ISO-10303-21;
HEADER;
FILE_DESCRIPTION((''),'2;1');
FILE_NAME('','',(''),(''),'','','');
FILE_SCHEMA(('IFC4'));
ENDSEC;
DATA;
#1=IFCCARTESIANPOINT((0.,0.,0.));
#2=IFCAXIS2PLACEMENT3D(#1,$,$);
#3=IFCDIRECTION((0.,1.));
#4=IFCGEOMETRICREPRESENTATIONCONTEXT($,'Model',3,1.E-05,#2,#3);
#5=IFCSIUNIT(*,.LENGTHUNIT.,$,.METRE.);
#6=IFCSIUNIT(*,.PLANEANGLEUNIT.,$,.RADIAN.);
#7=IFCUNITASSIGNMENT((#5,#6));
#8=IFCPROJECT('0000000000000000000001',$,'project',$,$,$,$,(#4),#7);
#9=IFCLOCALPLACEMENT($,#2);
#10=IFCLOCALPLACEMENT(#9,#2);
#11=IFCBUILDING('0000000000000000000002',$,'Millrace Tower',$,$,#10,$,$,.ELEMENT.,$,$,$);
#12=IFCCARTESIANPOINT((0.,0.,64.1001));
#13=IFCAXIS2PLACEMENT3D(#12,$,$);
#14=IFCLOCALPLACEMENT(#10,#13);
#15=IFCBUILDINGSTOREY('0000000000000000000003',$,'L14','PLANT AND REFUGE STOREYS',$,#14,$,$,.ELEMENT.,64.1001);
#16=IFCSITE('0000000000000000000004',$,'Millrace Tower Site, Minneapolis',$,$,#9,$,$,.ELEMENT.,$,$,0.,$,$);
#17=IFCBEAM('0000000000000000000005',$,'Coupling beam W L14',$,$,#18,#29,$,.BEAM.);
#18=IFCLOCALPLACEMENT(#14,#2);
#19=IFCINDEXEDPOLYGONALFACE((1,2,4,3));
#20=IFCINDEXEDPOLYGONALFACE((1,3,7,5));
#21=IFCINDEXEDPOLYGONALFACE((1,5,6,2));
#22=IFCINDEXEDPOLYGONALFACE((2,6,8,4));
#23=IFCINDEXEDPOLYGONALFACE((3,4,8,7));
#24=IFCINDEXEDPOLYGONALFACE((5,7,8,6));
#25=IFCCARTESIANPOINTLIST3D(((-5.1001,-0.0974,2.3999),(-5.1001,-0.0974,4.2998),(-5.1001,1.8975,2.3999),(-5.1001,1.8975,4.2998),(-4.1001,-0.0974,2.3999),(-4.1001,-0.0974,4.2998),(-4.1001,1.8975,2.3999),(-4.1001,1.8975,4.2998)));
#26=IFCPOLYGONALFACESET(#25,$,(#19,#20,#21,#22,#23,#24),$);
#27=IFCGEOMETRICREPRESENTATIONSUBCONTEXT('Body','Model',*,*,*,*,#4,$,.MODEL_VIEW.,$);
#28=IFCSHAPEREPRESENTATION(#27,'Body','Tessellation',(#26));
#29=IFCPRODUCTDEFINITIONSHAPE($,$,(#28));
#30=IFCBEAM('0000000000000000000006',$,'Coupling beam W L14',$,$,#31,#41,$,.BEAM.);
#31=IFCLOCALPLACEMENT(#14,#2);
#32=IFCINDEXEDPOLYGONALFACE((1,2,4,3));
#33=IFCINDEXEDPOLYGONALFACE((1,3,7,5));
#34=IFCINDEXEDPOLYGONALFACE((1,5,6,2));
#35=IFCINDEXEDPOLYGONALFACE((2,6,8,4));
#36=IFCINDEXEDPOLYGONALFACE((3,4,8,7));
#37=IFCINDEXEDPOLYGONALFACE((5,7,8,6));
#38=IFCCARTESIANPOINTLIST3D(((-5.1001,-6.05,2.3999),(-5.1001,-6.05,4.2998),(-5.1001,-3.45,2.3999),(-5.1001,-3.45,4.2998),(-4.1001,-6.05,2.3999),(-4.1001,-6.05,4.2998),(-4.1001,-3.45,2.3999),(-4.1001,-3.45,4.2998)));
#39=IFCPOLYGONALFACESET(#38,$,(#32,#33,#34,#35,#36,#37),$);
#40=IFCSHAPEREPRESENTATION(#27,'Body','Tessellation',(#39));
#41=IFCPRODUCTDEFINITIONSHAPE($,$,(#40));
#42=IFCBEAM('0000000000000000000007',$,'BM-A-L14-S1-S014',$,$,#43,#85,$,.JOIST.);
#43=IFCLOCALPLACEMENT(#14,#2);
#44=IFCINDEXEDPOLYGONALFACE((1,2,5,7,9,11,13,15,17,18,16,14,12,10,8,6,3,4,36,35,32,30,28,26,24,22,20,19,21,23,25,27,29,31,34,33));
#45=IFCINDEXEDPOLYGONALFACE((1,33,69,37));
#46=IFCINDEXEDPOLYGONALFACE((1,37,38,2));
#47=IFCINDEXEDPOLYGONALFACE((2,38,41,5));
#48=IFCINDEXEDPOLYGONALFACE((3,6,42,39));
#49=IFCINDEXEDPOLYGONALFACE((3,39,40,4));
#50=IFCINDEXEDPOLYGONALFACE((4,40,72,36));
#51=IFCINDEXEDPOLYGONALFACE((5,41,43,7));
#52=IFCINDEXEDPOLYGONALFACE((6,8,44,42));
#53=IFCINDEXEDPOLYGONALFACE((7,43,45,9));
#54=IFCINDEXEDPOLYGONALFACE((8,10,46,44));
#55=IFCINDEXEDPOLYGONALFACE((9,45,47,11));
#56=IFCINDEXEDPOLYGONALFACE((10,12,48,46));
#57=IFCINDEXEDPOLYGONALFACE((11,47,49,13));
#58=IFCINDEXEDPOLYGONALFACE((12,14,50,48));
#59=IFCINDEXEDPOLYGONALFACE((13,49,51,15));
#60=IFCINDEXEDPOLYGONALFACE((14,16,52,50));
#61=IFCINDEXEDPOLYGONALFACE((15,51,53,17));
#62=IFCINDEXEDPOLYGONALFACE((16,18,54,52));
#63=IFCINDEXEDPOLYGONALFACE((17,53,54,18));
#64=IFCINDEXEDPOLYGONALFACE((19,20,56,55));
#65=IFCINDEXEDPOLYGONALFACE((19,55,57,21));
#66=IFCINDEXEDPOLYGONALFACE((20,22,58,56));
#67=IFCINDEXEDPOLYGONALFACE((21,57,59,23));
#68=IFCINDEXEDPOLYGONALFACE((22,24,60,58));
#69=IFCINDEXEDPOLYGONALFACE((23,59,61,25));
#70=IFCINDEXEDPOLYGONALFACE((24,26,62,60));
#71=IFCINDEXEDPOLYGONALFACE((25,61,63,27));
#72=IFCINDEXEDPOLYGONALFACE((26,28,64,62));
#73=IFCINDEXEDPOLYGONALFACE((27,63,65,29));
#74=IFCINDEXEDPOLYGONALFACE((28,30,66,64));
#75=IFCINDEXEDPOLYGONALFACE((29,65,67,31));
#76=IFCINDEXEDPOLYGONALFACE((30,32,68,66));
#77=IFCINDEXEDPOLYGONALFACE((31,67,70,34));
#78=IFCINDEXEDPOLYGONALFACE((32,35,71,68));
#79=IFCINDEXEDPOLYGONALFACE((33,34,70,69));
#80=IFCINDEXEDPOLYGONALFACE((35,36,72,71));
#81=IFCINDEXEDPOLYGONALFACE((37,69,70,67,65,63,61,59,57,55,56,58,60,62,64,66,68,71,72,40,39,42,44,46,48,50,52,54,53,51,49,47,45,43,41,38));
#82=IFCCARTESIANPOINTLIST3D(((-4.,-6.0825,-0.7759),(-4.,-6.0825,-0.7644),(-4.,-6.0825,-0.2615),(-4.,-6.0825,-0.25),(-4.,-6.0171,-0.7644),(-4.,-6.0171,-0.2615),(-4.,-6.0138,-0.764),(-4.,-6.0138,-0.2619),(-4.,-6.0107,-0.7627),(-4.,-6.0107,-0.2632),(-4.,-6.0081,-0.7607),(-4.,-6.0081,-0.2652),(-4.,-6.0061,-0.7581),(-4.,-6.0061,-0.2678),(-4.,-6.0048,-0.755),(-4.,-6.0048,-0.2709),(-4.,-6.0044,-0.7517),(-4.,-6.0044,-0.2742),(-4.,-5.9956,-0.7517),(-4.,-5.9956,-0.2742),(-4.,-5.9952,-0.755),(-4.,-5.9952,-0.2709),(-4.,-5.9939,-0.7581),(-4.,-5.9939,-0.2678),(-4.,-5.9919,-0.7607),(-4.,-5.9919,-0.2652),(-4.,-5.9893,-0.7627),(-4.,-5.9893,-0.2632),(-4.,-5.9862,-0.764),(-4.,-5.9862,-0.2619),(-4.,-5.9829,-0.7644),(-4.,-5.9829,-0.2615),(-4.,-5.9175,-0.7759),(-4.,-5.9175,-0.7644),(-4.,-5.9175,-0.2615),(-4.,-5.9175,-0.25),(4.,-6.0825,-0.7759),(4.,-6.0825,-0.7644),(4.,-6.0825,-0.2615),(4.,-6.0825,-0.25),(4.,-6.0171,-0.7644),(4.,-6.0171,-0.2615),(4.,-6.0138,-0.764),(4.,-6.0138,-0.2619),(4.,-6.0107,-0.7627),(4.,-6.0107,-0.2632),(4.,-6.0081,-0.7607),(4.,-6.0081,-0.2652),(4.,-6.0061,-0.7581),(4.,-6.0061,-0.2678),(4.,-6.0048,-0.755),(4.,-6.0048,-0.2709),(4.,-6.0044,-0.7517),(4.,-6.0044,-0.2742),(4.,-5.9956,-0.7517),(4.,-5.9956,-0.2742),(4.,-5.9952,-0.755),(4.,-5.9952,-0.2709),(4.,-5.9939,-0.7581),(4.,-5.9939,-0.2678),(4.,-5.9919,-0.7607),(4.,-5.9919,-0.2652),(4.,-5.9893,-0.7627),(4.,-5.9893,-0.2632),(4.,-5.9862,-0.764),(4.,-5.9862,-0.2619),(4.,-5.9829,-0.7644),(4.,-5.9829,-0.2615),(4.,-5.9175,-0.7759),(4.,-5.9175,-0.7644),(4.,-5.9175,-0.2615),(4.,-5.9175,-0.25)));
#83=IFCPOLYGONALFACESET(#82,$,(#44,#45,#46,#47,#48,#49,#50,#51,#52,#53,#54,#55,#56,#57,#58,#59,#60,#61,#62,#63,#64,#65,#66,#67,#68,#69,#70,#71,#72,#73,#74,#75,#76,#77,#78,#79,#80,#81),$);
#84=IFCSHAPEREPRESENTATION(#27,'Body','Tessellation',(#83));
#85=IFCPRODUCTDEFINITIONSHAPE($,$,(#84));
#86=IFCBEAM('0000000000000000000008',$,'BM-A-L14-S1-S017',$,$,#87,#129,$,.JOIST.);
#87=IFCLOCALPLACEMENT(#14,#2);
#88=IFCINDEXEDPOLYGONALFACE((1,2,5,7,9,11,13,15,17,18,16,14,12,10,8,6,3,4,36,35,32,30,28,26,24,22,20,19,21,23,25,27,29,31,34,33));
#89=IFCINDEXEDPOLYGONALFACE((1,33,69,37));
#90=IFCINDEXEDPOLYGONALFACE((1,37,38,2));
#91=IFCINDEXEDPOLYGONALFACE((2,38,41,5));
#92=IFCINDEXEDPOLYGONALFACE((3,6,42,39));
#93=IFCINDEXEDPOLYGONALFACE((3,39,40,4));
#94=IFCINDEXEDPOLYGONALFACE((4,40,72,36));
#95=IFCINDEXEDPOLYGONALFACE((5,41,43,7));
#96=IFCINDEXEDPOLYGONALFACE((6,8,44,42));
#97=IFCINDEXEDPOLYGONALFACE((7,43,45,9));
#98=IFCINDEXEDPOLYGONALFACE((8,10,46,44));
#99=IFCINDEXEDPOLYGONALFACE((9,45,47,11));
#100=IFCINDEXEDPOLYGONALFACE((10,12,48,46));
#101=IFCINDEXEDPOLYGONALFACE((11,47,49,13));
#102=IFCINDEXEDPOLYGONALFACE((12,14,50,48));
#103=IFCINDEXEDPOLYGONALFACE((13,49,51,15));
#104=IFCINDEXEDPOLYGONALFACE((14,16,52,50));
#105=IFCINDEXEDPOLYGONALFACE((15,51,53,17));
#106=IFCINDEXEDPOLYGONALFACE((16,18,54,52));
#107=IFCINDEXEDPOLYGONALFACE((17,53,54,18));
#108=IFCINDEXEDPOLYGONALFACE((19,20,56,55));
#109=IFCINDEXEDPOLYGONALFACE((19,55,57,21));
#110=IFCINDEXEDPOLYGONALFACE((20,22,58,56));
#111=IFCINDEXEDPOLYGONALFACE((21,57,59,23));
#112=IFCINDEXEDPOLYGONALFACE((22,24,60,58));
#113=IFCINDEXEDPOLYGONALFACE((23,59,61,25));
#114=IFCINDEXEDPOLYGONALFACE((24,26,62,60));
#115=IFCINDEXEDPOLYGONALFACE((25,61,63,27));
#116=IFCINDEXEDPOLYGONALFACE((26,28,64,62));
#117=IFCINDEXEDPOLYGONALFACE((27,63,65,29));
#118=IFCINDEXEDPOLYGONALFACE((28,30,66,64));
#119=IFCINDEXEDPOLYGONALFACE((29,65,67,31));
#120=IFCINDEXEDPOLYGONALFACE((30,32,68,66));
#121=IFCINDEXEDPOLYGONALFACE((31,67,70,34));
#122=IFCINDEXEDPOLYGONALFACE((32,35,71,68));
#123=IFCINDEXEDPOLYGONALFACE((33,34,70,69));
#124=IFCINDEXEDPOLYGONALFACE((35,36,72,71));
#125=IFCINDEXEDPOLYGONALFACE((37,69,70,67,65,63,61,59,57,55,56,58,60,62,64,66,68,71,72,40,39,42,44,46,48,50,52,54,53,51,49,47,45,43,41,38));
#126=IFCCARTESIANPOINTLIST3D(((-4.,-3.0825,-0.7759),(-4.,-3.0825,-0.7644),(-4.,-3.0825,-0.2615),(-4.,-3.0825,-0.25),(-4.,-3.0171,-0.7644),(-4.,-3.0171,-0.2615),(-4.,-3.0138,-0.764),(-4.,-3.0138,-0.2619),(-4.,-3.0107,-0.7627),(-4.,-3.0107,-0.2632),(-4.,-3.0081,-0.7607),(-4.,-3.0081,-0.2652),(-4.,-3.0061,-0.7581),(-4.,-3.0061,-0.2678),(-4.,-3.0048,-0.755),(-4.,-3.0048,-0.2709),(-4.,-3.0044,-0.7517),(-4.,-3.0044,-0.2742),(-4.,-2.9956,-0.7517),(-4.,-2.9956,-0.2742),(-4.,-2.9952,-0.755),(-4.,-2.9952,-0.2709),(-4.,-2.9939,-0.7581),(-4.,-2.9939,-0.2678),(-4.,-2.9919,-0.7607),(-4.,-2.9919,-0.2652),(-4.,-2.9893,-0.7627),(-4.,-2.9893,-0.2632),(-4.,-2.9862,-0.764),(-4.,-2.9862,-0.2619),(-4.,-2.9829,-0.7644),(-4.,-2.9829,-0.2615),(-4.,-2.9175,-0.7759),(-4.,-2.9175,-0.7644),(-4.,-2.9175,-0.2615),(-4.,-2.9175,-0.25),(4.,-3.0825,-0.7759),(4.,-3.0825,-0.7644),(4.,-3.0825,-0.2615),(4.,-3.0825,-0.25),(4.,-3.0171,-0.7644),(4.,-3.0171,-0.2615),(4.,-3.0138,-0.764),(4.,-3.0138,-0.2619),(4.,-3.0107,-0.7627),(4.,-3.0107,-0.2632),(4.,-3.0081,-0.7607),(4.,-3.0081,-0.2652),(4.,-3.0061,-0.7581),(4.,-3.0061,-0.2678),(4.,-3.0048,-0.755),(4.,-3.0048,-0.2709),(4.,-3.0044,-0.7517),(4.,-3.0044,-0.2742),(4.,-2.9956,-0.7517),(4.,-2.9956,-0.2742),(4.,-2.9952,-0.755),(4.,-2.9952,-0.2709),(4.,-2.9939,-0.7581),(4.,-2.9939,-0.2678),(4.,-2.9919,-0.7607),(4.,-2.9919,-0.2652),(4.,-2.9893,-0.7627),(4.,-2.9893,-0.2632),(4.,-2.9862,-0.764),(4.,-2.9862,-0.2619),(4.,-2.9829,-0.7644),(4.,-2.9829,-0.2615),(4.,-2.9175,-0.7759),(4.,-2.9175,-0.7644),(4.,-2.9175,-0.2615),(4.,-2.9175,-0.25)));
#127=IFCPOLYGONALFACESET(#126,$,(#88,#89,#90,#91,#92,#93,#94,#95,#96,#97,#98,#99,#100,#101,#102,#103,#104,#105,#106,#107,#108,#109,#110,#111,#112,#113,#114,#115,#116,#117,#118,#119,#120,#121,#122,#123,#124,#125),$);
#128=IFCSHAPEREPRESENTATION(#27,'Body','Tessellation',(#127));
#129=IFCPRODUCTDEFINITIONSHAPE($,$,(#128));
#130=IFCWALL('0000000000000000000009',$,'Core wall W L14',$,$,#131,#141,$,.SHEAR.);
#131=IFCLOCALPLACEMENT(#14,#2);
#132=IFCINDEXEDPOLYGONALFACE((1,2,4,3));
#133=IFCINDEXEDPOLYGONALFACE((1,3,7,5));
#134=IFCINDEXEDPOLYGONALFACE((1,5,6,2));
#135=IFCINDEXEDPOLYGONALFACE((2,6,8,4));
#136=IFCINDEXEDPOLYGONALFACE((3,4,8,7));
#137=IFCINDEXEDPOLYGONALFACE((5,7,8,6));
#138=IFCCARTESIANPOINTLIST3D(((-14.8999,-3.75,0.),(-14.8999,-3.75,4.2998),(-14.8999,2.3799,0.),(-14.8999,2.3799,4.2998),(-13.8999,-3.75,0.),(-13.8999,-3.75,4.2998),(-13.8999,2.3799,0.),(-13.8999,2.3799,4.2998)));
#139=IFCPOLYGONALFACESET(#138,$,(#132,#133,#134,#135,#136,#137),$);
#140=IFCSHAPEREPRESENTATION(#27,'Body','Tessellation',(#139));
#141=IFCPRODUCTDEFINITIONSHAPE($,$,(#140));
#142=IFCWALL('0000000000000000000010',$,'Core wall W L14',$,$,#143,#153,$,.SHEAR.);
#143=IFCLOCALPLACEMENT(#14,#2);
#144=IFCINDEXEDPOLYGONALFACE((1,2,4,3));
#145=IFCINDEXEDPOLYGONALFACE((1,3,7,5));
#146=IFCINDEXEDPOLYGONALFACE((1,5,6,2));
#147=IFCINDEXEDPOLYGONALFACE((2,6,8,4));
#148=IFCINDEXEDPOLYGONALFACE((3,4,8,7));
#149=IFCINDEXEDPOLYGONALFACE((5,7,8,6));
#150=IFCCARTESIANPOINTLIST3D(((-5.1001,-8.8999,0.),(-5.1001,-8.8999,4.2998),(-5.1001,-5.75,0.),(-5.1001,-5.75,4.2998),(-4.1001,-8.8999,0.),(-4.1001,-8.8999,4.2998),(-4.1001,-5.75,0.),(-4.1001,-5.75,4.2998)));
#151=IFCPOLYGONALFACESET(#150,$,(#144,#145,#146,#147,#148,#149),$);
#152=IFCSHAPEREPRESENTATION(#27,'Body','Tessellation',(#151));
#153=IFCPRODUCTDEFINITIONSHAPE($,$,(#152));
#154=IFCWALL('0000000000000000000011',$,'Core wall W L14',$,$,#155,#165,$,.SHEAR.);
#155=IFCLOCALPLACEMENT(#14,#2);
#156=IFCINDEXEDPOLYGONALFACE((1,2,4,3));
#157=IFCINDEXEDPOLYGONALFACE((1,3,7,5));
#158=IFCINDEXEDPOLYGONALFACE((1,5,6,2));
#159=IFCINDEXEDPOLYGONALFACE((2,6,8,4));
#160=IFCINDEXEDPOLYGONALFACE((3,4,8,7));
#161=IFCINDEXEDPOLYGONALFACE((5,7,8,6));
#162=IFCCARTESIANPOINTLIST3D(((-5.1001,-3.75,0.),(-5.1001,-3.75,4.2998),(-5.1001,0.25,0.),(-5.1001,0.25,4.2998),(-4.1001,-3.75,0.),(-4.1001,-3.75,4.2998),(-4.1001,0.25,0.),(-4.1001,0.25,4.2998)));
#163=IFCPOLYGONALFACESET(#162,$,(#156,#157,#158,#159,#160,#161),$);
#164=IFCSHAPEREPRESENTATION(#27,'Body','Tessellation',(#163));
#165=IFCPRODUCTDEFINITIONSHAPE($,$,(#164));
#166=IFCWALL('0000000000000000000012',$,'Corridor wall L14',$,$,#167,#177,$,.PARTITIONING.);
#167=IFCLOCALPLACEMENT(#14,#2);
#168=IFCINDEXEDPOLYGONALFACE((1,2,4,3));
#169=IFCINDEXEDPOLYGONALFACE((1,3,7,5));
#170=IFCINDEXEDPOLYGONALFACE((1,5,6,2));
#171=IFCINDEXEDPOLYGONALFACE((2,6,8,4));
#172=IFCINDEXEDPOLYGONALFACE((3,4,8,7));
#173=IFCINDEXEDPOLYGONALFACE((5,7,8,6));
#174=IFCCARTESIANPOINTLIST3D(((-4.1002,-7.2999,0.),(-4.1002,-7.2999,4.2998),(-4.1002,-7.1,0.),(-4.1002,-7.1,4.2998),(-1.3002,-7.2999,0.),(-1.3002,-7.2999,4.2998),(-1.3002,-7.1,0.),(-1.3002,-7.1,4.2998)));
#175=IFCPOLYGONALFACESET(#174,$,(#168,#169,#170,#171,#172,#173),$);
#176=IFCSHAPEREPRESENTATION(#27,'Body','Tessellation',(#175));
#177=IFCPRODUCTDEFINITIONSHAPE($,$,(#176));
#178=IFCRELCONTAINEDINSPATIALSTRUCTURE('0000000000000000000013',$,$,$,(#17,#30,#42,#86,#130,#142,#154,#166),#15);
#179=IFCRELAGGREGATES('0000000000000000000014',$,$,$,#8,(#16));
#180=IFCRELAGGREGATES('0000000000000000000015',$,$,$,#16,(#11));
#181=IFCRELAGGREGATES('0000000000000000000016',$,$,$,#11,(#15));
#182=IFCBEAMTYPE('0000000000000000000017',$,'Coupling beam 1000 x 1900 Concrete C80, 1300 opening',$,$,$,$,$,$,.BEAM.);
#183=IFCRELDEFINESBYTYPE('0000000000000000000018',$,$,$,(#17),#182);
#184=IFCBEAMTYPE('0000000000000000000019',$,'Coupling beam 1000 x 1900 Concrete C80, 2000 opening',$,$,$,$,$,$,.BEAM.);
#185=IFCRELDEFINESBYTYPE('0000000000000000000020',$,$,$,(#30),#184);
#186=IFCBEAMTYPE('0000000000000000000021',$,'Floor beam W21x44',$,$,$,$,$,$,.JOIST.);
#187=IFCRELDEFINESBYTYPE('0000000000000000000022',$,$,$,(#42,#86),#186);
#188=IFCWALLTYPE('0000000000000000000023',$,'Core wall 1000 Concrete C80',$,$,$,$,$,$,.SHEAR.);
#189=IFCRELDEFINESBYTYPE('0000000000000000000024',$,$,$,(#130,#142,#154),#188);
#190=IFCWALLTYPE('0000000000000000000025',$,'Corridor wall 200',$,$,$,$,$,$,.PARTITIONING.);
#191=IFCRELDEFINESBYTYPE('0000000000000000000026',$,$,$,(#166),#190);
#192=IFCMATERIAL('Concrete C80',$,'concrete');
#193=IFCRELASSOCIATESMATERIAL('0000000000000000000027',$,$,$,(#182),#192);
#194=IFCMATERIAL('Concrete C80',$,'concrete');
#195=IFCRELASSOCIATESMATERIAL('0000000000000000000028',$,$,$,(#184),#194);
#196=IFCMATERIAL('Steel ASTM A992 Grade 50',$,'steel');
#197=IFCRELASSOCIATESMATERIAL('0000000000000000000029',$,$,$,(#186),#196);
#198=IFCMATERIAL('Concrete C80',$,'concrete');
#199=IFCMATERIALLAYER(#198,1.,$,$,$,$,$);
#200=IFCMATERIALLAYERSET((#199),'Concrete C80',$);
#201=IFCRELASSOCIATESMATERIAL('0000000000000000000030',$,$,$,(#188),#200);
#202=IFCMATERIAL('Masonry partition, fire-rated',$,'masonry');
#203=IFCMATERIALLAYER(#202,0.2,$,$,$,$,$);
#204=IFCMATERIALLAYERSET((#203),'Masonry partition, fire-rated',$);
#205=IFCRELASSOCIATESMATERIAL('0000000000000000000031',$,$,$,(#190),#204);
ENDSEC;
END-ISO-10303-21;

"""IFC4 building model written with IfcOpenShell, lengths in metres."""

from ifc_helpers import new_model, si_unit, direction, frame, frame_2d, origin, origin_2d, place, context, subcontext, project, spatial, rectangle, i_section, extrude, material, layer, layer_set, material_profile, profile_set, type_object, element, save


model = new_model("IFC4")

# Units and contexts
model_context = context("Model", 3, precision=1e-05, world=origin(), true_north=direction((0.0, 1.0)))
body_context = subcontext(model_context, "Body", "Model", "MODEL_VIEW")
ifc_project = project(units=[si_unit("LENGTHUNIT", "METRE"), si_unit("PLANEANGLEUNIT", "RADIAN")], contexts=[model_context])

# Site, building, storey
site_placement = place(None, origin())
site = spatial("IfcSite", under=ifc_project, at=site_placement, Name="Millrace Tower Site, Minneapolis", CompositionType="ELEMENT", RefElevation=0.0)
building_placement = place(site_placement, origin())
building = spatial("IfcBuilding", under=site, at=building_placement, Name="Millrace Tower", CompositionType="ELEMENT")
storey_placement = place(building_placement, frame((0.0, 0.0, 64.1001)))
storey = spatial("IfcBuildingStorey", under=building, at=storey_placement, Name="L14", Description="PLANT AND REFUGE STOREYS", CompositionType="ELEMENT", Elevation=64.1001)

# Beams
ifc_material_1 = material(Name="Concrete C80", Category="concrete")
ifc_material_profile_1 = material_profile(ifc_material_1, rectangle(XDim=1.0, YDim=1.8999, at=origin_2d()))
ifc_profile_set_1 = profile_set([ifc_material_profile_1], Name="Concrete C80")
beam_type_1 = type_object("IfcBeamType", Name="Coupling beam 1000 x 1900 Concrete C80, 1300 opening", PredefinedType="BEAM", material=ifc_profile_set_1)
beam_1_placement = place(storey_placement, frame((-4.6001, -0.0974, 3.3499), z_axis=(0.0, 1.0, 0.0), x_axis=(-1.0, 0.0, 0.0)))
element("IfcBeam", 1, at=beam_1_placement, inside=storey, type_object=beam_type_1, Name="Coupling beam W L14", PredefinedType="BEAM", context=body_context, shape_type="SweptSolid", body=[
    extrude(rectangle(XDim=1.0, YDim=1.8999, at=origin_2d()), origin(), (0.0, 0.0, 1.0), 1.9949),
])
ifc_material_2 = material(Name="Concrete C80", Category="concrete")
ifc_material_profile_2 = material_profile(ifc_material_2, rectangle(XDim=1.0, YDim=1.8999, at=origin_2d()))
ifc_profile_set_2 = profile_set([ifc_material_profile_2], Name="Concrete C80")
beam_type_2 = type_object("IfcBeamType", Name="Coupling beam 1000 x 1900 Concrete C80, 2000 opening", PredefinedType="BEAM", material=ifc_profile_set_2)
beam_2_placement = place(storey_placement, frame((-4.6001, -6.05, 3.3499), z_axis=(0.0, 1.0, 0.0), x_axis=(-1.0, 0.0, 0.0)))
element("IfcBeam", 2, at=beam_2_placement, inside=storey, type_object=beam_type_2, Name="Coupling beam W L14", PredefinedType="BEAM", context=body_context, shape_type="SweptSolid", body=[
    extrude(rectangle(XDim=1.0, YDim=1.8999, at=origin_2d()), origin(), (0.0, 0.0, 1.0), 2.6001),
])
ifc_material_3 = material(Name="Steel ASTM A992 Grade 50", Category="steel")
ifc_material_profile_3 = material_profile(ifc_material_3, i_section(OverallWidth=0.165, OverallDepth=0.5259, WebThickness=0.0088, FlangeThickness=0.0115, FilletRadius=0.0127, at=origin_2d()))
ifc_profile_set_3 = profile_set([ifc_material_profile_3], Name="Steel ASTM A992 Grade 50")
beam_type_3 = type_object("IfcBeamType", Name="Floor beam W21x44", PredefinedType="JOIST", material=ifc_profile_set_3)
for number, where, z_axis, x_axis, name in (
    (3, (-4.0, -6.0, -0.5129), (1.0, 0.0, 0.0), (0.0, 1.0, 0.0), "BM-A-L14-S1-S014"),
    (4, (-4.0, -3.0, -0.5129), (1.0, 0.0, 0.0), (0.0, 1.0, 0.0), "BM-A-L14-S1-S017"),
):
    element("IfcBeam", number, at=place(storey_placement, frame(where, z_axis=z_axis, x_axis=x_axis)), inside=storey, type_object=beam_type_3, Name=name, PredefinedType="JOIST", context=body_context, shape_type="SweptSolid", body=[
        extrude(i_section(OverallWidth=0.165, OverallDepth=0.5259, WebThickness=0.0088, FlangeThickness=0.0115, FilletRadius=0.0127, at=origin_2d()), origin(), (0.0, 0.0, 1.0), 8.0),
    ])

# Walls
ifc_material_4 = material(Name="Concrete C80", Category="concrete")
ifc_layer_1 = layer(ifc_material_4, 1.0)
ifc_layer_set_1 = layer_set([ifc_layer_1], Name="Concrete C80")
wall_type_1 = type_object("IfcWallType", Name="Core wall 1000 Concrete C80", PredefinedType="SHEAR", material=ifc_layer_set_1)
wall_1_placement = place(storey_placement, frame((-14.3999, -3.75, 0.0), z_axis=(0.0, 0.0, 1.0), x_axis=(0.0, 1.0, 0.0)))
element("IfcWall", 5, at=wall_1_placement, inside=storey, type_object=wall_type_1, Name="Core wall W L14", PredefinedType="SHEAR", context=body_context, shape_type="SweptSolid", body=[
    extrude(rectangle(XDim=6.1299, YDim=1.0, at=frame_2d((3.0649, 0.0))), origin(), (0.0, 0.0, 1.0), 4.2998),
])
wall_2_placement = place(storey_placement, frame((-4.6001, -8.8999, 0.0), z_axis=(0.0, 0.0, 1.0), x_axis=(0.0, 1.0, 0.0)))
element("IfcWall", 6, at=wall_2_placement, inside=storey, type_object=wall_type_1, Name="Core wall W L14", PredefinedType="SHEAR", context=body_context, shape_type="SweptSolid", body=[
    extrude(rectangle(XDim=3.1499, YDim=1.0, at=frame_2d((1.575, 0.0))), origin(), (0.0, 0.0, 1.0), 4.2998),
])
wall_3_placement = place(storey_placement, frame((-4.6001, -3.75, 0.0), z_axis=(0.0, 0.0, 1.0), x_axis=(0.0, 1.0, 0.0)))
element("IfcWall", 7, at=wall_3_placement, inside=storey, type_object=wall_type_1, Name="Core wall W L14", PredefinedType="SHEAR", context=body_context, shape_type="SweptSolid", body=[
    extrude(rectangle(XDim=4.0, YDim=1.0, at=frame_2d((2.0, 0.0))), origin(), (0.0, 0.0, 1.0), 4.2998),
])
ifc_material_5 = material(Name="Masonry partition, fire-rated", Category="masonry")
ifc_layer_2 = layer(ifc_material_5, 0.2)
ifc_layer_set_2 = layer_set([ifc_layer_2], Name="Masonry partition, fire-rated")
wall_type_2 = type_object("IfcWallType", Name="Corridor wall 200", PredefinedType="PARTITIONING", material=ifc_layer_set_2)
wall_4_placement = place(storey_placement, frame((-4.1001, -7.2, 0.0), z_axis=(0.0, 0.0, 1.0), x_axis=(1.0, 0.0, 0.0)))
element("IfcWall", 8, at=wall_4_placement, inside=storey, type_object=wall_type_2, Name="Corridor wall L14", PredefinedType="PARTITIONING", context=body_context, shape_type="SweptSolid", body=[
    extrude(rectangle(XDim=2.8, YDim=0.2, at=frame_2d((1.3999, 0.0))), origin(), (0.0, 0.0, 1.0), 4.2998),
])

save(model, "model.ifc")
